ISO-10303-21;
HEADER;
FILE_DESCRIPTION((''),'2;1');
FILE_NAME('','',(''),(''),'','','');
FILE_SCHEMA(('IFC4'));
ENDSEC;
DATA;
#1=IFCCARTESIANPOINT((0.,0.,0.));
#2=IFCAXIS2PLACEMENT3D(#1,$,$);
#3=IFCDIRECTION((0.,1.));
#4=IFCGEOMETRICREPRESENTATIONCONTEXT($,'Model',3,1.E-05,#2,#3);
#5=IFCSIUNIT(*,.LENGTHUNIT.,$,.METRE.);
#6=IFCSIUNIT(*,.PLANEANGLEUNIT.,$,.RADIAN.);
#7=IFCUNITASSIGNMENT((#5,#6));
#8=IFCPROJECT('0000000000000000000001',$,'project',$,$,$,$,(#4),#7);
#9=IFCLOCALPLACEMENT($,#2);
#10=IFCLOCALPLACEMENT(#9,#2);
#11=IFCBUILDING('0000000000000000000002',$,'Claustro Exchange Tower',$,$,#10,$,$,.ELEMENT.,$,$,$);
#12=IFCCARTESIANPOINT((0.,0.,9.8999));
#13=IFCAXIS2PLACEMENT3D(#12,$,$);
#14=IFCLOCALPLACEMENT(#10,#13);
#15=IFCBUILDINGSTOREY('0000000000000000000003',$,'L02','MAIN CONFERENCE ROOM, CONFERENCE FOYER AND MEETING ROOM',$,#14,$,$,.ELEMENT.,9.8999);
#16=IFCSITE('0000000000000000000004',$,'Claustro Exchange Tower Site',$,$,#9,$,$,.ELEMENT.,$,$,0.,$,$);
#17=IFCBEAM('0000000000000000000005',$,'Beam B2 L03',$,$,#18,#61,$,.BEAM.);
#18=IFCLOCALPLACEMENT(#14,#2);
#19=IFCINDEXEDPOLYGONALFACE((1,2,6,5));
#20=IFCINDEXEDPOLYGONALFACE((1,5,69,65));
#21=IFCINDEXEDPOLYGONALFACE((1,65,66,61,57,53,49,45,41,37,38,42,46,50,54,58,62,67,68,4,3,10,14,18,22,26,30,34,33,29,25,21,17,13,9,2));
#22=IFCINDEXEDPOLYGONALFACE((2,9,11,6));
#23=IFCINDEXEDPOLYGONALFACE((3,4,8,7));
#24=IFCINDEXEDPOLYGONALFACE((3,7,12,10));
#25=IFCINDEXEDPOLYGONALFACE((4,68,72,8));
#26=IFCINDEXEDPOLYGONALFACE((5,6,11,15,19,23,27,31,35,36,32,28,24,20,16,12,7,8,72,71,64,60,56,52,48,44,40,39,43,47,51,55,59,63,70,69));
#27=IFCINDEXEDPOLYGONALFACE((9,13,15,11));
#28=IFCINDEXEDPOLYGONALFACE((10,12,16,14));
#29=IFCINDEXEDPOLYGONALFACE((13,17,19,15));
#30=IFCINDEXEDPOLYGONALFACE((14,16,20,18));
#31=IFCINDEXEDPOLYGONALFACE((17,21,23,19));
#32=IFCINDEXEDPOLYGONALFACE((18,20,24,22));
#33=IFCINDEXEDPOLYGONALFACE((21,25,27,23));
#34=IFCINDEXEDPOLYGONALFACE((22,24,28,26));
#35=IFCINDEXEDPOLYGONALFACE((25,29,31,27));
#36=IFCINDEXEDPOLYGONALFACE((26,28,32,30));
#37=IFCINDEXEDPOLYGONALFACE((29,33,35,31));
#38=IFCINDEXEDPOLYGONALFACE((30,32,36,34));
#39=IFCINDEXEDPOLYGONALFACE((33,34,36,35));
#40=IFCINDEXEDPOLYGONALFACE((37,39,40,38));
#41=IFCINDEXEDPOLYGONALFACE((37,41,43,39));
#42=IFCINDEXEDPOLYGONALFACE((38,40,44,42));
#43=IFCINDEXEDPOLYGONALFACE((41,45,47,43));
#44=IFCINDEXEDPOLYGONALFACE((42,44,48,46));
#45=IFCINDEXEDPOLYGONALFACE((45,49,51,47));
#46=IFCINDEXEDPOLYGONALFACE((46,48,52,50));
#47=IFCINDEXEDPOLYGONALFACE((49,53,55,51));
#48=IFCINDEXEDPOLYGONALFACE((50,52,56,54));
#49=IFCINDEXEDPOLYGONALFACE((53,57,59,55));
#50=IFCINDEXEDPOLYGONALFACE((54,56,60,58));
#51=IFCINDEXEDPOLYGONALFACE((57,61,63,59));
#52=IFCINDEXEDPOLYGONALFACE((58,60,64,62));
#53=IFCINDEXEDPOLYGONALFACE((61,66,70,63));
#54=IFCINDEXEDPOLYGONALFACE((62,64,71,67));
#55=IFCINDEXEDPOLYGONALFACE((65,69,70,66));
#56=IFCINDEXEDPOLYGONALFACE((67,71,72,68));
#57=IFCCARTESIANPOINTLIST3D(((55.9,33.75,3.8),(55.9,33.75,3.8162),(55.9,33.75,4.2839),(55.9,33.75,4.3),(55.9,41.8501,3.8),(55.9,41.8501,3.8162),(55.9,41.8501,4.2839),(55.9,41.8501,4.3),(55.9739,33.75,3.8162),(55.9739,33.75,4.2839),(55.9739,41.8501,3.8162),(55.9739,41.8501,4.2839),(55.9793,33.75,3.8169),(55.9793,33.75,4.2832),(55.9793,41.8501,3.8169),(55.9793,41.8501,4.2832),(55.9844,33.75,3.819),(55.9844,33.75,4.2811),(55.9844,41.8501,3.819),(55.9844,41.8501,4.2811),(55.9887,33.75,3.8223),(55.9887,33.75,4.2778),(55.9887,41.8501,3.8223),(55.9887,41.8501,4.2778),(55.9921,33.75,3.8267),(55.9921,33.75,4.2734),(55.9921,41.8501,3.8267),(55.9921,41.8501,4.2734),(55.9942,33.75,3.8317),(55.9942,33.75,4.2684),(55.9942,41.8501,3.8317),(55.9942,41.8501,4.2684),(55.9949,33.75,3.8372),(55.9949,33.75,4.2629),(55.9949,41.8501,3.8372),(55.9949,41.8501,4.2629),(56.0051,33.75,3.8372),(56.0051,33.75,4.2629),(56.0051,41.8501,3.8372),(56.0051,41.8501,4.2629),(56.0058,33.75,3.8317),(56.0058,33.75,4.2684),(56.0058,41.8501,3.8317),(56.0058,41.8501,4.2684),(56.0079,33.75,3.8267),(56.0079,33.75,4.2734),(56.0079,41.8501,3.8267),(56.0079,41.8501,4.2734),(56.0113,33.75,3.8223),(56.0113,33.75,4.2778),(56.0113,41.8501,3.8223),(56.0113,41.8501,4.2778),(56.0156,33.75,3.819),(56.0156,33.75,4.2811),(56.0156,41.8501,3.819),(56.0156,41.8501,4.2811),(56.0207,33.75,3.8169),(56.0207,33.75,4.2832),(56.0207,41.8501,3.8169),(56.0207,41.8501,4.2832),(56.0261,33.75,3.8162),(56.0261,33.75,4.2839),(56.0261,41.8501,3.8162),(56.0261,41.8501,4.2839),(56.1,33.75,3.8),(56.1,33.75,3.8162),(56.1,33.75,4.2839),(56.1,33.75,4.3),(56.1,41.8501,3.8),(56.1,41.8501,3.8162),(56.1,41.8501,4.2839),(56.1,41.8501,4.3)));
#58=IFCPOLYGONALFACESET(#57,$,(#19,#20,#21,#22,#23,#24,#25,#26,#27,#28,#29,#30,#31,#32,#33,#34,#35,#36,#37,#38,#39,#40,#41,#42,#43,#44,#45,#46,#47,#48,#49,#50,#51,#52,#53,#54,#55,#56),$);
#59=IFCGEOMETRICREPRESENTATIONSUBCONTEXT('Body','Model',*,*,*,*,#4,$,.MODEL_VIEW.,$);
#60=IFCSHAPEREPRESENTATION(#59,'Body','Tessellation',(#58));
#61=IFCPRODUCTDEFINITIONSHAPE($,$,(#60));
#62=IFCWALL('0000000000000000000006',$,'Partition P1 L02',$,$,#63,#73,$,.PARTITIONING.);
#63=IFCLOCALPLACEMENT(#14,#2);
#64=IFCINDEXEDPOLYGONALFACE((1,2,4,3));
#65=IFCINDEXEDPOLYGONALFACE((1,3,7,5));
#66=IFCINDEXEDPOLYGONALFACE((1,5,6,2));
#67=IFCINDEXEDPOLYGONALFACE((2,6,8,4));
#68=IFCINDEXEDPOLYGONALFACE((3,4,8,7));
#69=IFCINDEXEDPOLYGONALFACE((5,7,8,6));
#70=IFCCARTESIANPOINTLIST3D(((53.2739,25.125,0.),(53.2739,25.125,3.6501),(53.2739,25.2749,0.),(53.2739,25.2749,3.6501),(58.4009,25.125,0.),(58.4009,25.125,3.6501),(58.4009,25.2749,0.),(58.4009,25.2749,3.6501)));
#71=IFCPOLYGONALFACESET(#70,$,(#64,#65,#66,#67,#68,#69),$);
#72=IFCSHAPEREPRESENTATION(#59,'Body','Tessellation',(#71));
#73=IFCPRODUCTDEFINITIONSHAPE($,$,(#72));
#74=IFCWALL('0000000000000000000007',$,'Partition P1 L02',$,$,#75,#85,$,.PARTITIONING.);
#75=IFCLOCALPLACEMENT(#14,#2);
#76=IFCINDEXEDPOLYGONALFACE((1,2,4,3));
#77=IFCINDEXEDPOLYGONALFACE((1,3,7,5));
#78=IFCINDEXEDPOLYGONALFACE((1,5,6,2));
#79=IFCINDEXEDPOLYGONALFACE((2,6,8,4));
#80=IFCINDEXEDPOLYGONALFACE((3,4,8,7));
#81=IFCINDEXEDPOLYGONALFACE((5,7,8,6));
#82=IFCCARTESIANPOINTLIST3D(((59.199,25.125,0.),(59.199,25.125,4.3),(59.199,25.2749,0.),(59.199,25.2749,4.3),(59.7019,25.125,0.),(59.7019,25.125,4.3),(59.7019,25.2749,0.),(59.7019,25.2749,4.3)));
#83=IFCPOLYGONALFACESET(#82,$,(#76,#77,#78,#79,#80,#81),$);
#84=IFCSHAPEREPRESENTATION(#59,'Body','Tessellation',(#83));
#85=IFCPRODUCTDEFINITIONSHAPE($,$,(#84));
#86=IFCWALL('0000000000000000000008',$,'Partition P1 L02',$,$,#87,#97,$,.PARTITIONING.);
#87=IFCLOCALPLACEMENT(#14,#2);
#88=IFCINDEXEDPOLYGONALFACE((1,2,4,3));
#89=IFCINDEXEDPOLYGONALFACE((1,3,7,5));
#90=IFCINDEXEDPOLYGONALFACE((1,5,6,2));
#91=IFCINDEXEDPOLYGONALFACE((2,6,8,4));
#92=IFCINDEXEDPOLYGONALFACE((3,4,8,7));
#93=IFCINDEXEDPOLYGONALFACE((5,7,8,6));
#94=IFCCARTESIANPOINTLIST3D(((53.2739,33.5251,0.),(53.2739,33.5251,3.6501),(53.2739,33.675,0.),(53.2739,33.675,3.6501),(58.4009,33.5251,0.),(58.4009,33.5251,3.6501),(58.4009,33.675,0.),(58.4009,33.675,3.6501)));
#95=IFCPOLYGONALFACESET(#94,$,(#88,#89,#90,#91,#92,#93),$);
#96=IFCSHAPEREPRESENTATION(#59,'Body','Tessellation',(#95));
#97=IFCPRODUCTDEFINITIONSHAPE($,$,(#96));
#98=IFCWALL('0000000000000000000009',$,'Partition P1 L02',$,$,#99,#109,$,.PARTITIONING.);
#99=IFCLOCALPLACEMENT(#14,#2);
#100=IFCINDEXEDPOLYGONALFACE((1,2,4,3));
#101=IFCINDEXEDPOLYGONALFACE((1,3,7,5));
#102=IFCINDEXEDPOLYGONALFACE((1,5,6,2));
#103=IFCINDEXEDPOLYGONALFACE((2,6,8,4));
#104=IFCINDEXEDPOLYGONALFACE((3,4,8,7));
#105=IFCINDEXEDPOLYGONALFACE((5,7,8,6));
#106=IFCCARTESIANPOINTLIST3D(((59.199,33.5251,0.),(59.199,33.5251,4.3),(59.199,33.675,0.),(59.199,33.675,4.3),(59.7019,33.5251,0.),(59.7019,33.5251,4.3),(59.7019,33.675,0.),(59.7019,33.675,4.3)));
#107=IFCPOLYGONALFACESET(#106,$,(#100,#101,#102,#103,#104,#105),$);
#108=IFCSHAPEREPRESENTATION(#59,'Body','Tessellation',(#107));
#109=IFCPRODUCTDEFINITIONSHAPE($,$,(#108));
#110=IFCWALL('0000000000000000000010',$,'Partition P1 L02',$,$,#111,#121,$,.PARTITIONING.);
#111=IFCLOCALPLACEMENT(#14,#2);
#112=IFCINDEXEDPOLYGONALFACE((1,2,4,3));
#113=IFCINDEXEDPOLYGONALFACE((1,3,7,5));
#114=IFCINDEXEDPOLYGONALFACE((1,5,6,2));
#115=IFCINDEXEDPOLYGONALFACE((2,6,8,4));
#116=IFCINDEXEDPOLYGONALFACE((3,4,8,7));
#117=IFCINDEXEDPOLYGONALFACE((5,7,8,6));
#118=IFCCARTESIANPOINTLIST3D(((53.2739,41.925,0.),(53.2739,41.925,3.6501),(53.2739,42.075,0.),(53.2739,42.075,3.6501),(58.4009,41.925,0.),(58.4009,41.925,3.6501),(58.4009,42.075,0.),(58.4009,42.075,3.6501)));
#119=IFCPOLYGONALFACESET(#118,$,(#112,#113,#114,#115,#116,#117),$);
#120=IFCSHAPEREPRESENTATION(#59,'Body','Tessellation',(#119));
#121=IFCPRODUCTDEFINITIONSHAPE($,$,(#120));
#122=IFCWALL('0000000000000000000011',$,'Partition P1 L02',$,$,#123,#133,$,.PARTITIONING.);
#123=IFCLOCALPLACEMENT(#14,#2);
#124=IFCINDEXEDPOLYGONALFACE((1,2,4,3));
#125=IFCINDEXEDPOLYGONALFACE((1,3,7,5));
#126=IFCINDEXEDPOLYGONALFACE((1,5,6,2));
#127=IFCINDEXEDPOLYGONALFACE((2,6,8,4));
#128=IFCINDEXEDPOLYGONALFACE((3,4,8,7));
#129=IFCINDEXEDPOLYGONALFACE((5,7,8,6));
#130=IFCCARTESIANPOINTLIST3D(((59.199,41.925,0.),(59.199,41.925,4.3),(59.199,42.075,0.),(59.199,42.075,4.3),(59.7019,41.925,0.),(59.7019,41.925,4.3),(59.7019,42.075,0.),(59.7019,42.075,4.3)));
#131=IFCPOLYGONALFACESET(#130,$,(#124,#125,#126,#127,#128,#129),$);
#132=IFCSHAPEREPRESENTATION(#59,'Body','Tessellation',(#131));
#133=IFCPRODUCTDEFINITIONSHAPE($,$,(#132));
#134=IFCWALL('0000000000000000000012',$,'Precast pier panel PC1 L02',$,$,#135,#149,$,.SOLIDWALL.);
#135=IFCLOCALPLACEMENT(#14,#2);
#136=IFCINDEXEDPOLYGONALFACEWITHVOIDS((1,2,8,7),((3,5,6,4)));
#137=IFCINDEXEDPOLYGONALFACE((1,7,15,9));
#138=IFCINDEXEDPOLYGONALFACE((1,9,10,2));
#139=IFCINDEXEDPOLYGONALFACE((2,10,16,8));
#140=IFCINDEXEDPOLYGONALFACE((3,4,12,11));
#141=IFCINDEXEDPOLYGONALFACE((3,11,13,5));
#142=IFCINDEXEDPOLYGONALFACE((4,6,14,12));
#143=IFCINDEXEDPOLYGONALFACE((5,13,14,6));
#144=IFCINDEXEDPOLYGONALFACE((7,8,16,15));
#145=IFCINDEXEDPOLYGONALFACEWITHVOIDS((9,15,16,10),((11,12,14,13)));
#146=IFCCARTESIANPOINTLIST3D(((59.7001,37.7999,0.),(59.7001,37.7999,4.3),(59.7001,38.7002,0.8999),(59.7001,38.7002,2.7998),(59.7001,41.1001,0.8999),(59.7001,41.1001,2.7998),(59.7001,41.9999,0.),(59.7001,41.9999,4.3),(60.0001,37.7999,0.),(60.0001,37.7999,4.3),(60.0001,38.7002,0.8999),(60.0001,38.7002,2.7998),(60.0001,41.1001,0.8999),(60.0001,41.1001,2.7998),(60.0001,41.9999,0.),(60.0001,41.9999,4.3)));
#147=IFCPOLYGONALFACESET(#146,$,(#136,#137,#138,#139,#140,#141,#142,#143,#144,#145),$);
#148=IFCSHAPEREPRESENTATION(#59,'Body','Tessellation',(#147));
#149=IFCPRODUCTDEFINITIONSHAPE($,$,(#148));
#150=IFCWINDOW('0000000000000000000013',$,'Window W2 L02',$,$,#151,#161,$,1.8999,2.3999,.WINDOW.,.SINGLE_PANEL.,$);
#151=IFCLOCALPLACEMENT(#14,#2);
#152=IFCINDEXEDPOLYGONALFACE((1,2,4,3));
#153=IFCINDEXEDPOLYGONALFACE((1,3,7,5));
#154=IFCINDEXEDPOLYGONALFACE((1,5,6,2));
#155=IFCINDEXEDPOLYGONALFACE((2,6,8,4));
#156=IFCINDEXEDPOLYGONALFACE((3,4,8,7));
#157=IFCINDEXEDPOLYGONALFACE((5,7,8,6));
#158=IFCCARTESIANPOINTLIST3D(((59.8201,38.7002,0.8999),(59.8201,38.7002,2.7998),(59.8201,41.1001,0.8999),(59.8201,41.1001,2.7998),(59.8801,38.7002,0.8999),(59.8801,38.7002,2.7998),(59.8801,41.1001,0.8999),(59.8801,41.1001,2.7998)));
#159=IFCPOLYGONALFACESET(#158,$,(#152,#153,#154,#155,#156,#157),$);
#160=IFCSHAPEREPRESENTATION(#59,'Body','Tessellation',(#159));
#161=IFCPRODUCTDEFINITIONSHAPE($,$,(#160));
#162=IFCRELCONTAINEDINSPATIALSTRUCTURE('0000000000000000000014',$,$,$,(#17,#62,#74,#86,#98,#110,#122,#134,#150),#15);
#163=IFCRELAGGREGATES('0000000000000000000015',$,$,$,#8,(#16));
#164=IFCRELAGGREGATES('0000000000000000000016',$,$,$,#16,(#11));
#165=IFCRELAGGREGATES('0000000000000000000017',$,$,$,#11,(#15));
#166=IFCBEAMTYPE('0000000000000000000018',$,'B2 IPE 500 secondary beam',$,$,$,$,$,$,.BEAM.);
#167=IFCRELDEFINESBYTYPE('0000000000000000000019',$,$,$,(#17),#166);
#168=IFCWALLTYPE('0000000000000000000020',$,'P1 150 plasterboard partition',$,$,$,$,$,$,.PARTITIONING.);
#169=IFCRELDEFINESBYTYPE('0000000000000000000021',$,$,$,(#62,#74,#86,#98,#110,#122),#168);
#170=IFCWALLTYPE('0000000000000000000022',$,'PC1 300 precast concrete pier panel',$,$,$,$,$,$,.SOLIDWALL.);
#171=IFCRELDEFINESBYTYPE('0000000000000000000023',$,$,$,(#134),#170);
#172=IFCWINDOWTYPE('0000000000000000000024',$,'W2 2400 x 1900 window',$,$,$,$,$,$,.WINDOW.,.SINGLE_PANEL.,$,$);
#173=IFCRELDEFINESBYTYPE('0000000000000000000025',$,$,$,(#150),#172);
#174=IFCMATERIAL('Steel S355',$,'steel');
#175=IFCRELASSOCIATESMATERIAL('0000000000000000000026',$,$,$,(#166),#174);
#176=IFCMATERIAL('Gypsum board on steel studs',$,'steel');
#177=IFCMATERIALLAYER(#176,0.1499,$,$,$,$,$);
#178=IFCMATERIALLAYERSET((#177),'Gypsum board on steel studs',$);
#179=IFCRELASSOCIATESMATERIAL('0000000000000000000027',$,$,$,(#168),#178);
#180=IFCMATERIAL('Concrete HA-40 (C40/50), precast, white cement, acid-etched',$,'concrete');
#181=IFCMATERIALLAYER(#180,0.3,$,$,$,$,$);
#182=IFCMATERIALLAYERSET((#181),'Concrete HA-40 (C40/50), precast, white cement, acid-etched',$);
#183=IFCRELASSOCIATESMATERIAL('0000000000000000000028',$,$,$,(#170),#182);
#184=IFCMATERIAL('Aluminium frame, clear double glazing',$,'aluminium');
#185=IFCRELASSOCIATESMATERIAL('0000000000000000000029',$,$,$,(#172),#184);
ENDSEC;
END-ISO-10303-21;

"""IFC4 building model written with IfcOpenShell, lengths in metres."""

from ifc_helpers import new_model, si_unit, direction, frame, frame_2d, origin, origin_2d, place, context, subcontext, project, spatial, rectangle, i_section, extrude, material, layer, layer_set, material_profile, profile_set, type_object, element, fill, save


model = new_model("IFC4")

# Units and contexts
model_context = context("Model", 3, precision=1e-05, world=origin(), true_north=direction((0.0, 1.0)))
body_context = subcontext(model_context, "Body", "Model", "MODEL_VIEW")
ifc_project = project(units=[si_unit("LENGTHUNIT", "METRE"), si_unit("PLANEANGLEUNIT", "RADIAN")], contexts=[model_context])

# Site, building, storey
site_placement = place(None, origin())
site = spatial("IfcSite", under=ifc_project, at=site_placement, Name="Claustro Exchange Tower Site", CompositionType="ELEMENT", RefElevation=0.0)
building_placement = place(site_placement, origin())
building = spatial("IfcBuilding", under=site, at=building_placement, Name="Claustro Exchange Tower", CompositionType="ELEMENT")
storey_placement = place(building_placement, frame((0.0, 0.0, 9.8999)))
storey = spatial("IfcBuildingStorey", under=building, at=storey_placement, Name="L02", Description="MAIN CONFERENCE ROOM, CONFERENCE FOYER AND MEETING ROOM", CompositionType="ELEMENT", Elevation=9.8999)

# Beam
ifc_material_1 = material(Name="Steel S355", Category="steel")
ifc_material_profile_1 = material_profile(ifc_material_1, i_section(OverallWidth=0.2, OverallDepth=0.5, WebThickness=0.0103, FlangeThickness=0.0161, FilletRadius=0.021, at=origin_2d()), Name="IPE 500")
ifc_profile_set_1 = profile_set([ifc_material_profile_1], Name="Steel S355")
beam_type_1 = type_object("IfcBeamType", Name="B2 IPE 500 secondary beam", PredefinedType="BEAM", material=ifc_profile_set_1)
for number, where, z_axis, x_axis, name in (
    (1, (56.0, 33.75, 4.05), (0.0, 1.0, 0.0), (-1.0, 0.0, 0.0), "Beam B2 L03"),
):
    element("IfcBeam", number, at=place(storey_placement, frame(where, z_axis=z_axis, x_axis=x_axis)), inside=storey, type_object=beam_type_1, Name=name, PredefinedType="BEAM", context=body_context, shape_type="SweptSolid", body=[
        extrude(i_section(OverallWidth=0.2, OverallDepth=0.5, WebThickness=0.0103, FlangeThickness=0.0161, FilletRadius=0.021, at=origin_2d()), origin(), (0.0, 0.0, 1.0), 8.1001),
    ])

# Walls
ifc_material_2 = material(Name="Gypsum board on steel studs", Category="steel")
ifc_layer_1 = layer(ifc_material_2, 0.1499)
ifc_layer_set_1 = layer_set([ifc_layer_1], Name="Gypsum board on steel studs")
wall_type_1 = type_object("IfcWallType", Name="P1 150 plasterboard partition", PredefinedType="PARTITIONING", material=ifc_layer_set_1)
wall_1_placement = place(storey_placement, frame((53.2739, 25.2, 0.0), z_axis=(0.0, 0.0, 1.0), x_axis=(1.0, 0.0, 0.0)))
element("IfcWall", 2, at=wall_1_placement, inside=storey, type_object=wall_type_1, Name="Partition P1 L02", PredefinedType="PARTITIONING", context=body_context, shape_type="SweptSolid", body=[
    extrude(rectangle(XDim=5.127, YDim=0.1499, at=frame_2d((2.5635, 0.0))), origin(), (0.0, 0.0, 1.0), 3.6501),
])
wall_2_placement = place(storey_placement, frame((59.199, 25.2, 0.0), z_axis=(0.0, 0.0, 1.0), x_axis=(1.0, 0.0, 0.0)))
element("IfcWall", 3, at=wall_2_placement, inside=storey, type_object=wall_type_1, Name="Partition P1 L02", PredefinedType="PARTITIONING", context=body_context, shape_type="SweptSolid", body=[
    extrude(rectangle(XDim=0.5029, YDim=0.1499, at=frame_2d((0.2515, 0.0))), origin(), (0.0, 0.0, 1.0), 4.3),
])
wall_3_placement = place(storey_placement, frame((53.2739, 33.6001, 0.0), z_axis=(0.0, 0.0, 1.0), x_axis=(1.0, 0.0, 0.0)))
element("IfcWall", 4, at=wall_3_placement, inside=storey, type_object=wall_type_1, Name="Partition P1 L02", PredefinedType="PARTITIONING", context=body_context, shape_type="SweptSolid", body=[
    extrude(rectangle(XDim=5.127, YDim=0.1499, at=frame_2d((2.5635, 0.0))), origin(), (0.0, 0.0, 1.0), 3.6501),
])
wall_4_placement = place(storey_placement, frame((59.199, 33.6001, 0.0), z_axis=(0.0, 0.0, 1.0), x_axis=(1.0, 0.0, 0.0)))
element("IfcWall", 5, at=wall_4_placement, inside=storey, type_object=wall_type_1, Name="Partition P1 L02", PredefinedType="PARTITIONING", context=body_context, shape_type="SweptSolid", body=[
    extrude(rectangle(XDim=0.5029, YDim=0.1499, at=frame_2d((0.2515, 0.0))), origin(), (0.0, 0.0, 1.0), 4.3),
])
wall_5_placement = place(storey_placement, frame((53.2739, 42.0, 0.0), z_axis=(0.0, 0.0, 1.0), x_axis=(1.0, 0.0, 0.0)))
element("IfcWall", 6, at=wall_5_placement, inside=storey, type_object=wall_type_1, Name="Partition P1 L02", PredefinedType="PARTITIONING", context=body_context, shape_type="SweptSolid", body=[
    extrude(rectangle(XDim=5.127, YDim=0.1499, at=frame_2d((2.5635, 0.0))), origin(), (0.0, 0.0, 1.0), 3.6501),
])
wall_6_placement = place(storey_placement, frame((59.199, 42.0, 0.0), z_axis=(0.0, 0.0, 1.0), x_axis=(1.0, 0.0, 0.0)))
element("IfcWall", 7, at=wall_6_placement, inside=storey, type_object=wall_type_1, Name="Partition P1 L02", PredefinedType="PARTITIONING", context=body_context, shape_type="SweptSolid", body=[
    extrude(rectangle(XDim=0.5029, YDim=0.1499, at=frame_2d((0.2515, 0.0))), origin(), (0.0, 0.0, 1.0), 4.3),
])

# Wall, opening, window
ifc_material_3 = material(Name="Concrete HA-40 (C40/50), precast, white cement, acid-etched", Category="concrete")
ifc_layer_2 = layer(ifc_material_3, 0.3)
ifc_layer_set_2 = layer_set([ifc_layer_2], Name="Concrete HA-40 (C40/50), precast, white cement, acid-etched")
wall_type_2 = type_object("IfcWallType", Name="PC1 300 precast concrete pier panel", PredefinedType="SOLIDWALL", material=ifc_layer_set_2)
wall_7_placement = place(storey_placement, frame((59.8501, 42.0, 0.0), z_axis=(0.0, 0.0, 1.0), x_axis=(0.0, -1.0, 0.0)))
wall_7 = element("IfcWall", 8, at=wall_7_placement, inside=storey, type_object=wall_type_2, Name="Precast pier panel PC1 L02", PredefinedType="SOLIDWALL", context=body_context, shape_type="SweptSolid", body=[
    extrude(rectangle(XDim=4.2, YDim=0.3, at=frame_2d((2.1001, 0.0))), origin(), (0.0, 0.0, 1.0), 4.3),
])
opening_1_placement = place(wall_7_placement, frame((0.8999, 0.0, 0.8999)))
opening_1 = element("IfcOpeningElement", 9, at=opening_1_placement, cuts=wall_7, PredefinedType="OPENING", context=body_context, shape_type="SweptSolid", body=[
    extrude(rectangle(XDim=2.3999, YDim=1.8999, at=frame_2d((1.2, 0.95))), frame((0.0, 0.1599, 0.0), z_axis=(0.0, -1.0, 0.0), x_axis=(1.0, 0.0, 0.0)), (0.0, 0.0, 1.0), 0.3201),
])
ifc_material_4 = material(Name="Aluminium frame, clear double glazing", Category="aluminium")
window_type_1 = type_object("IfcWindowType", Name="W2 2400 x 1900 window", PartitioningType="SINGLE_PANEL", PredefinedType="WINDOW", material=ifc_material_4)
window_1_placement = place(opening_1_placement, origin())
window_1 = element("IfcWindow", 10, at=window_1_placement, inside=storey, type_object=window_type_1, Name="Window W2 L02", OverallHeight=1.8999, OverallWidth=2.3999, PartitioningType="SINGLE_PANEL", PredefinedType="WINDOW", context=body_context, shape_type="SweptSolid", body=[
    extrude(rectangle(XDim=2.3999, YDim=1.8999, at=frame_2d((1.2, 0.95))), frame((0.0, 0.03, 0.0), z_axis=(0.0, -1.0, 0.0), x_axis=(1.0, 0.0, 0.0)), (0.0, 0.0, 1.0), 0.0601),
])
fill(opening_1, window_1)

save(model, "model.ifc")
